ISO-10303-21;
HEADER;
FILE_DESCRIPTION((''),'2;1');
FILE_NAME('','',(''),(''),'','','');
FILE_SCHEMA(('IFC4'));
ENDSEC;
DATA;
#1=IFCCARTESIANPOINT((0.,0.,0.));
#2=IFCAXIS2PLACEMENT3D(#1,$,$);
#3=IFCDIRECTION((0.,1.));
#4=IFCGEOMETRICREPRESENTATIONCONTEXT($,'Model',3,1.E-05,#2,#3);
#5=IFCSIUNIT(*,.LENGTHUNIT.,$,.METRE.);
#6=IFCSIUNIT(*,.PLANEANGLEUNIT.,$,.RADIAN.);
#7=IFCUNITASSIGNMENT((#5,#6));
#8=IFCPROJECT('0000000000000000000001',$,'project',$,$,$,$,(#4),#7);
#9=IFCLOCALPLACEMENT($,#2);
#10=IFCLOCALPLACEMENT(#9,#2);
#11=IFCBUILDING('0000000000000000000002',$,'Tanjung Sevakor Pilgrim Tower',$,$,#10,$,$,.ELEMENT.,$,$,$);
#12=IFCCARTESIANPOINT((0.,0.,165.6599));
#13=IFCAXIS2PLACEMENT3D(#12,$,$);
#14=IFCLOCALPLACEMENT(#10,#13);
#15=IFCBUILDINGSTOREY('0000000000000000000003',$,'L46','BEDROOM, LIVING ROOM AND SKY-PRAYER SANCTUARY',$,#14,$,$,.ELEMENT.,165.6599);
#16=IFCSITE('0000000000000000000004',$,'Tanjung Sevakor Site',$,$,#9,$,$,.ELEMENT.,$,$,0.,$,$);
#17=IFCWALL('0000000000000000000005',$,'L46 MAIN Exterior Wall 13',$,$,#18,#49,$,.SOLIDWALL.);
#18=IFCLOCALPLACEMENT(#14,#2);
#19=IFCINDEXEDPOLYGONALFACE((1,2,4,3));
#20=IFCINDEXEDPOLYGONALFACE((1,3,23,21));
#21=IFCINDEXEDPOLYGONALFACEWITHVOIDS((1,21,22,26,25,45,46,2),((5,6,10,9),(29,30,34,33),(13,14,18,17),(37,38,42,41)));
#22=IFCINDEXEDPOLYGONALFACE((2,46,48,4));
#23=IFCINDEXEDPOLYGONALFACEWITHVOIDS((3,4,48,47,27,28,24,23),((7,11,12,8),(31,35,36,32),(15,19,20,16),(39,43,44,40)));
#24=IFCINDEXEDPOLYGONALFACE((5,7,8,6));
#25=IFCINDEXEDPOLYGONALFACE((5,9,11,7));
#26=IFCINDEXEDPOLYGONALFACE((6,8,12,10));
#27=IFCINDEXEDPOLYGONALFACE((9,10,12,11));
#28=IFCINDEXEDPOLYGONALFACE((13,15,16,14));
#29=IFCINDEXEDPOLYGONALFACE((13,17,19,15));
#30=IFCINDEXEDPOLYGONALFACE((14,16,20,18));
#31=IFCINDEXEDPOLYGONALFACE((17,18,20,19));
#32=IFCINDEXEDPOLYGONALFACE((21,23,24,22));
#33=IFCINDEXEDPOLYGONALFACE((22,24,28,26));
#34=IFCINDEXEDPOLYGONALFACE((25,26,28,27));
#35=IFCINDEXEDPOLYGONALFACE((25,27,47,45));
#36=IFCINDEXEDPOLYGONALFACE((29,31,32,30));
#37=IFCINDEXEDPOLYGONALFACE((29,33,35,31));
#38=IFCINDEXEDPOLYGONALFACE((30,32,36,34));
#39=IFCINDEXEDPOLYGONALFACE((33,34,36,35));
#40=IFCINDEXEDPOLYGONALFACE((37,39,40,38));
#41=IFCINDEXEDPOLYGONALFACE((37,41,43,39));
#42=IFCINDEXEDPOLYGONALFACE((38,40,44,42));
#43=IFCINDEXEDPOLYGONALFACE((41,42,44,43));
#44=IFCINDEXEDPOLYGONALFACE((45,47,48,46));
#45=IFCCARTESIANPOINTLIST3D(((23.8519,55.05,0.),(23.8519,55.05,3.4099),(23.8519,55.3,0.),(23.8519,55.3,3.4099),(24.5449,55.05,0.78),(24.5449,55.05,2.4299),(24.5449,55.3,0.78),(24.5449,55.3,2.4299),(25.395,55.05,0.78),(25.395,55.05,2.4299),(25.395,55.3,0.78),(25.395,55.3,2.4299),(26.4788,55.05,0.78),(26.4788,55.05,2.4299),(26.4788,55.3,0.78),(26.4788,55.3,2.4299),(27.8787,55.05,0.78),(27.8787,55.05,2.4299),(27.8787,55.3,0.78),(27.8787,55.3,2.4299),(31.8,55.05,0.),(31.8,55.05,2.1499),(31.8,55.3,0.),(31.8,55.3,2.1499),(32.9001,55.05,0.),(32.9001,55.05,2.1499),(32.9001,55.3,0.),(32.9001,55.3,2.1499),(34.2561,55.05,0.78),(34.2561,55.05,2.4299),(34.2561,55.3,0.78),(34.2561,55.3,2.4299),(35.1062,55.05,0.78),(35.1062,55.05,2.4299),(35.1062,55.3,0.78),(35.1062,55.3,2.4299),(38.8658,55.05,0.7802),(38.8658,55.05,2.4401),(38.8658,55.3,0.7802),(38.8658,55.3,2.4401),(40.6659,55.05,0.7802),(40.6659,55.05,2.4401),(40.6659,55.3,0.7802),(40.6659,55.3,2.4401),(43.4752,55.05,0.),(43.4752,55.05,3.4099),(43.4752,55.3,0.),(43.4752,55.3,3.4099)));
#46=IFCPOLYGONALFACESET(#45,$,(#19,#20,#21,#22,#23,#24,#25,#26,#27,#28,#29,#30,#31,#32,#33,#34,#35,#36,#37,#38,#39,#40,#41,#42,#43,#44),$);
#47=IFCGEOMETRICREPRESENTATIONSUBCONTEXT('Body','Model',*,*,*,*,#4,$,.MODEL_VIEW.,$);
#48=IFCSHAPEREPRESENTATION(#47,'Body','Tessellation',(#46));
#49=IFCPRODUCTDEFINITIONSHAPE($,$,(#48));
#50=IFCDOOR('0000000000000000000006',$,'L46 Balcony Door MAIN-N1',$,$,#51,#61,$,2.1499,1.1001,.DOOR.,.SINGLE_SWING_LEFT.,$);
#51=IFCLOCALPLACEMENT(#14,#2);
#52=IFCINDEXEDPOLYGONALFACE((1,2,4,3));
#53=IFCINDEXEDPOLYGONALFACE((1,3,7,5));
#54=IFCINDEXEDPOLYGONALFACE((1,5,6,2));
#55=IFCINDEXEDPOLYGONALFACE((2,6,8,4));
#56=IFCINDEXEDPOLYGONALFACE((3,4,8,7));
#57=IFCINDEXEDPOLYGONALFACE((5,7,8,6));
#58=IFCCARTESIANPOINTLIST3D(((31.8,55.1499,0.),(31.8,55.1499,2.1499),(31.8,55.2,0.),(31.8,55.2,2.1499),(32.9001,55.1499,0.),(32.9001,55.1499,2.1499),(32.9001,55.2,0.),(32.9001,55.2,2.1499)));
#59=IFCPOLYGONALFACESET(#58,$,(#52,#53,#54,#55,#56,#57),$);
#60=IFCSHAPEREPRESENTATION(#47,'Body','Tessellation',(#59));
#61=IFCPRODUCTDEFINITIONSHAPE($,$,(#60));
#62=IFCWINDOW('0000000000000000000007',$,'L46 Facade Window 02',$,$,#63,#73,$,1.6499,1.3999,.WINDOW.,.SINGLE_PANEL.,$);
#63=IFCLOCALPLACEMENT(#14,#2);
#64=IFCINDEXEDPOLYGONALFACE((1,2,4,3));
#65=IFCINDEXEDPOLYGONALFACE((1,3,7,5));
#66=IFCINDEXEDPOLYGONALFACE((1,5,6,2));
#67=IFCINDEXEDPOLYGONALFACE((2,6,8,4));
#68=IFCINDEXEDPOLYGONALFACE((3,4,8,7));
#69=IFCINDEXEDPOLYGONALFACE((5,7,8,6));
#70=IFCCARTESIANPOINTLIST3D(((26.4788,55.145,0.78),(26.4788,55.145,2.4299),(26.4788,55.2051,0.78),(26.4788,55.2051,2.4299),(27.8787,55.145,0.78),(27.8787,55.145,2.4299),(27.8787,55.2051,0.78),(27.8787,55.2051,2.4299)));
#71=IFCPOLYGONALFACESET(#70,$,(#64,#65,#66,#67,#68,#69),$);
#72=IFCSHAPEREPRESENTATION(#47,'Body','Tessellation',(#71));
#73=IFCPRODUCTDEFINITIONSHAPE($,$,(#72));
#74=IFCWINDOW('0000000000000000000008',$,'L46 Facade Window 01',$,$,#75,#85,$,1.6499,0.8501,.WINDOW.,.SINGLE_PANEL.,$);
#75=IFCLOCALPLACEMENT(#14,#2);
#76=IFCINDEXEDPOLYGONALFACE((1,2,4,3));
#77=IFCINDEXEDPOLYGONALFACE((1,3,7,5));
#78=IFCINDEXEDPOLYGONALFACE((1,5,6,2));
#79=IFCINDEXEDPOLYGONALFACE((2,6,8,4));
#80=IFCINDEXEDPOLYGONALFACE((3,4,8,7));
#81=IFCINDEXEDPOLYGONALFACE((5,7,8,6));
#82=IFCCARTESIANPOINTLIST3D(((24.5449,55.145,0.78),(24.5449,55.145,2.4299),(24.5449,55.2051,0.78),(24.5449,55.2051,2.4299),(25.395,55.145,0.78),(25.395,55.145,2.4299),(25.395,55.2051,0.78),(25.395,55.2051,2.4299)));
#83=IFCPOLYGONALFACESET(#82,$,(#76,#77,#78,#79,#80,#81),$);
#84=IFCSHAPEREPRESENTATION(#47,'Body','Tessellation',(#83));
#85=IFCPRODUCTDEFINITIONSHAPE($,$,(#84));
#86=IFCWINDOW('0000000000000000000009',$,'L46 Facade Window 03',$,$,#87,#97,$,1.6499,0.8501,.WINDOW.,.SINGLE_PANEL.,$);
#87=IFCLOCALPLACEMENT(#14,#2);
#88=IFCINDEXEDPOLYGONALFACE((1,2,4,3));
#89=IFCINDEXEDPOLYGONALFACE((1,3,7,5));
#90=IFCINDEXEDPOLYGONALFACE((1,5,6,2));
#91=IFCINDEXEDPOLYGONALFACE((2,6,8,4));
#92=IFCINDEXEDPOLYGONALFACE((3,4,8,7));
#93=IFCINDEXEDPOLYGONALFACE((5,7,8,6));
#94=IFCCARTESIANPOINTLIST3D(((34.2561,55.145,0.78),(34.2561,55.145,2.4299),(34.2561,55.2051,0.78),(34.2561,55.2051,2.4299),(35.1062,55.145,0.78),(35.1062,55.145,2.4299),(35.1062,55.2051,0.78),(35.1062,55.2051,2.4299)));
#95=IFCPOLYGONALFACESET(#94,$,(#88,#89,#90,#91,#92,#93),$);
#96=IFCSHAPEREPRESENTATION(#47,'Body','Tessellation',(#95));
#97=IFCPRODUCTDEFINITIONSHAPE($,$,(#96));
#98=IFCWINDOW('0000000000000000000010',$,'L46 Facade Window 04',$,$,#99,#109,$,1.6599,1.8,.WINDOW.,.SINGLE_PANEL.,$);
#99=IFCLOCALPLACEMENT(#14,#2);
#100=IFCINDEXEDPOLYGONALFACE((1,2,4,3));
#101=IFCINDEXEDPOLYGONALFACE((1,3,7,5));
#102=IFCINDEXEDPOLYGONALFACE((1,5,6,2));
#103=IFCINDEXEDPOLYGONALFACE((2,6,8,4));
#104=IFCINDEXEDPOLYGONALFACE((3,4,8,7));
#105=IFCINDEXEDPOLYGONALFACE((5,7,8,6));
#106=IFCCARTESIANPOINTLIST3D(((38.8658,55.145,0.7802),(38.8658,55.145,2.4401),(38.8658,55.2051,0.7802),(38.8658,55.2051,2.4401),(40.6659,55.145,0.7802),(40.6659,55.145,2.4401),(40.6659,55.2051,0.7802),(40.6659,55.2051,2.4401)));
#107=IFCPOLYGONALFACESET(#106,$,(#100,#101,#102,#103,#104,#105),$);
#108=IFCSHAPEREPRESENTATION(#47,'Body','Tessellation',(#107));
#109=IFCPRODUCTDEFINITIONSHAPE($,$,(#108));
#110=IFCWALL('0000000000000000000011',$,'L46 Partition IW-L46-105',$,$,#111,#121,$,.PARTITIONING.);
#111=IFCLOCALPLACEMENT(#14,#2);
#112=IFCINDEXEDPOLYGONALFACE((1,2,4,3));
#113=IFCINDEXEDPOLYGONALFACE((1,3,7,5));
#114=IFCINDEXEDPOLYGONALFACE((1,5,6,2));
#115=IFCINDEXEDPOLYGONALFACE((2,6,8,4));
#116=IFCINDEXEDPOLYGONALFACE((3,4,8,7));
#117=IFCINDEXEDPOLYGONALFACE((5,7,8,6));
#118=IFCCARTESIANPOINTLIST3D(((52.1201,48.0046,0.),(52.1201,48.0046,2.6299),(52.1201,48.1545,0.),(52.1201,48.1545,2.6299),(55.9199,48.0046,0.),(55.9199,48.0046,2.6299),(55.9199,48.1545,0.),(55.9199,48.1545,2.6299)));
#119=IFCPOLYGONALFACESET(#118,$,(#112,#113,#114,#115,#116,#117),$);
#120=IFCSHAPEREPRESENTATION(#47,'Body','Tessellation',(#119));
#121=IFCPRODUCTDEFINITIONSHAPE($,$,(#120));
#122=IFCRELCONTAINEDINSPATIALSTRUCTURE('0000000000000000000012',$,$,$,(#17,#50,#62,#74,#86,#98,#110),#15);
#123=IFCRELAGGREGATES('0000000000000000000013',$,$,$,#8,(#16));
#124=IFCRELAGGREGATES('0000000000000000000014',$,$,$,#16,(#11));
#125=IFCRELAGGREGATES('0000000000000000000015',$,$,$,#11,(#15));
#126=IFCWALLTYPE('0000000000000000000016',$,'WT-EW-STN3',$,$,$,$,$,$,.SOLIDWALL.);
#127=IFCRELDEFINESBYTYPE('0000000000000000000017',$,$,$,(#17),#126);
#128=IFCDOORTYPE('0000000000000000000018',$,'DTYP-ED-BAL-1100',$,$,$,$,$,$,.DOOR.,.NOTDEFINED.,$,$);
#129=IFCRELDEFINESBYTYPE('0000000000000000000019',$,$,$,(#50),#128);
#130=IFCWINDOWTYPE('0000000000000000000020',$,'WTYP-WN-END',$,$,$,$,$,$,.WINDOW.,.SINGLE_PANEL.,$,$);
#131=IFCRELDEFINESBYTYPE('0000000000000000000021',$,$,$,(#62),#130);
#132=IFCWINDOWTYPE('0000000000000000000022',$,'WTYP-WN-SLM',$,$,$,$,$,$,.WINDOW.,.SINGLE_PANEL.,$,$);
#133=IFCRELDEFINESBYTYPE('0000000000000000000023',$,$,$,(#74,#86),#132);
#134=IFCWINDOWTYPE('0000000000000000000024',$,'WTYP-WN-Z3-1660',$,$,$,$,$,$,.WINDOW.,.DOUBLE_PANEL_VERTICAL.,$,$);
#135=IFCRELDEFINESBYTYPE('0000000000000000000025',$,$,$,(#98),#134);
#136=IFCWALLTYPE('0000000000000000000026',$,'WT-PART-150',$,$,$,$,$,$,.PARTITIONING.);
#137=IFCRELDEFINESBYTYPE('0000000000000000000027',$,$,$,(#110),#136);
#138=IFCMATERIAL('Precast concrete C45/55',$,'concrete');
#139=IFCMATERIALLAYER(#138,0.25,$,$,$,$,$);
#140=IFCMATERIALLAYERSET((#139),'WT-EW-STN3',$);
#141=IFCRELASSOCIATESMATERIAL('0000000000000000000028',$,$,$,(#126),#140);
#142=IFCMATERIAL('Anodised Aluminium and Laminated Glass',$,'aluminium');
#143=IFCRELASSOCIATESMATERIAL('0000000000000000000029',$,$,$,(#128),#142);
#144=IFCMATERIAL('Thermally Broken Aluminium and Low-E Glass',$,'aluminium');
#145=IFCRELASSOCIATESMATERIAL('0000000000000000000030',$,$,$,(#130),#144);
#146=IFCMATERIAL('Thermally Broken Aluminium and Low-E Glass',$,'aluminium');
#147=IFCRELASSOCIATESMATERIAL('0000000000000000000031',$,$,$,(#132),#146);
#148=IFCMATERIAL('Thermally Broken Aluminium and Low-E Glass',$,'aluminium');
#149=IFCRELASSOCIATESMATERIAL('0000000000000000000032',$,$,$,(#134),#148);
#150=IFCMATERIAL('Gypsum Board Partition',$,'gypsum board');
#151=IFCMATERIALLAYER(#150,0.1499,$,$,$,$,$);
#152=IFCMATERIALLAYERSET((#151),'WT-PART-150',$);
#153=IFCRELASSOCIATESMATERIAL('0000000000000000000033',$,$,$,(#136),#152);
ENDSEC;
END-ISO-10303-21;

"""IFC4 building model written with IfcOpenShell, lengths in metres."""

from ifc_helpers import new_model, si_unit, direction, frame, frame_2d, origin, place, context, subcontext, project, spatial, rectangle, extrude, material, layer, layer_set, type_object, element, fill, save


model = new_model("IFC4")

# Units and contexts
model_context = context("Model", 3, precision=1e-05, world=origin(), true_north=direction((0.0, 1.0)))
body_context = subcontext(model_context, "Body", "Model", "MODEL_VIEW")
ifc_project = project(units=[si_unit("LENGTHUNIT", "METRE"), si_unit("PLANEANGLEUNIT", "RADIAN")], contexts=[model_context])

# Site, building, storey
site_placement = place(None, origin())
site = spatial("IfcSite", under=ifc_project, at=site_placement, Name="Tanjung Sevakor Site", CompositionType="ELEMENT", RefElevation=0.0)
building_placement = place(site_placement, origin())
building = spatial("IfcBuilding", under=site, at=building_placement, Name="Tanjung Sevakor Pilgrim Tower", CompositionType="ELEMENT")
storey_placement = place(building_placement, frame((0.0, 0.0, 165.6599)))
storey = spatial("IfcBuildingStorey", under=building, at=storey_placement, Name="L46", Description="BEDROOM, LIVING ROOM AND SKY-PRAYER SANCTUARY", CompositionType="ELEMENT", Elevation=165.6599)

# Wall, openings, door, windows
ifc_material_1 = material(Name="Precast concrete C45/55", Category="concrete")
ifc_layer_1 = layer(ifc_material_1, 0.25)
ifc_layer_set_1 = layer_set([ifc_layer_1], Name="WT-EW-STN3")
wall_type_1 = type_object("IfcWallType", Name="WT-EW-STN3", PredefinedType="SOLIDWALL", material=ifc_layer_set_1)
wall_1_placement = place(storey_placement, frame((43.4751, 55.175, 0.0), z_axis=(0.0, 0.0, 1.0), x_axis=(-1.0, 0.0, 0.0)))
wall_1 = element("IfcWall", 1, at=wall_1_placement, inside=storey, type_object=wall_type_1, Name="L46 MAIN Exterior Wall 13", PredefinedType="SOLIDWALL", context=body_context, shape_type="SweptSolid", body=[
    extrude(rectangle(XDim=19.6233, YDim=0.25, at=frame_2d((9.8115, 0.0))), origin(), (0.0, 0.0, 1.0), 3.4099),
])
opening_1_placement = place(wall_1_placement, frame((10.575, 0.0, 0.0)))
opening_1 = element("IfcOpeningElement", 2, at=opening_1_placement, cuts=wall_1, PredefinedType="OPENING", context=body_context, shape_type="SweptSolid", body=[
    extrude(rectangle(XDim=1.1001, YDim=2.1499, at=frame_2d((0.55, 1.075))), frame((0.0, 0.135, 0.0), z_axis=(0.0, -1.0, 0.0), x_axis=(1.0, 0.0, 0.0)), (0.0, 0.0, 1.0), 0.27),
])
opening_2_placement = place(wall_1_placement, frame((18.0801, 0.0, 0.78)))
opening_2 = element("IfcOpeningElement", 3, at=opening_2_placement, cuts=wall_1, PredefinedType="OPENING", context=body_context, shape_type="SweptSolid", body=[
    extrude(rectangle(XDim=0.8501, YDim=1.6499, at=frame_2d((0.425, 0.825))), frame((0.0, 0.135, 0.0), z_axis=(0.0, -1.0, 0.0), x_axis=(1.0, 0.0, 0.0)), (0.0, 0.0, 1.0), 0.27),
])
opening_3_placement = place(wall_1_placement, frame((15.5964, 0.0, 0.78)))
opening_3 = element("IfcOpeningElement", 4, at=opening_3_placement, cuts=wall_1, PredefinedType="OPENING", context=body_context, shape_type="SweptSolid", body=[
    extrude(rectangle(XDim=1.3999, YDim=1.6499, at=frame_2d((0.7, 0.825))), frame((0.0, 0.135, 0.0), z_axis=(0.0, -1.0, 0.0), x_axis=(1.0, 0.0, 0.0)), (0.0, 0.0, 1.0), 0.27),
])
opening_4_placement = place(wall_1_placement, frame((8.3689, 0.0, 0.78)))
opening_4 = element("IfcOpeningElement", 5, at=opening_4_placement, cuts=wall_1, PredefinedType="OPENING", context=body_context, shape_type="SweptSolid", body=[
    extrude(rectangle(XDim=0.8501, YDim=1.6499, at=frame_2d((0.425, 0.825))), frame((0.0, 0.135, 0.0), z_axis=(0.0, -1.0, 0.0), x_axis=(1.0, 0.0, 0.0)), (0.0, 0.0, 1.0), 0.27),
])
opening_5_placement = place(wall_1_placement, frame((2.8093, 0.0, 0.78)))
opening_5 = element("IfcOpeningElement", 6, at=opening_5_placement, cuts=wall_1, PredefinedType="OPENING", context=body_context, shape_type="SweptSolid", body=[
    extrude(rectangle(XDim=1.8, YDim=1.6599, at=frame_2d((0.8999, 0.8301))), frame((0.0, 0.135, 0.0), z_axis=(0.0, -1.0, 0.0), x_axis=(1.0, 0.0, 0.0)), (0.0, 0.0, 1.0), 0.27),
])
ifc_material_2 = material(Name="Anodised Aluminium and Laminated Glass", Category="aluminium")
door_type_1 = type_object("IfcDoorType", Name="DTYP-ED-BAL-1100", OperationType="NOTDEFINED", PredefinedType="DOOR", material=ifc_material_2)
door_1_placement = place(opening_1_placement, frame((1.1001, 0.0, 0.0), z_axis=(0.0, 0.0, 1.0), x_axis=(-1.0, 0.0, 0.0)))
door_1 = element("IfcDoor", 7, at=door_1_placement, inside=storey, type_object=door_type_1, Name="L46 Balcony Door MAIN-N1", OperationType="SINGLE_SWING_LEFT", OverallHeight=2.1499, OverallWidth=1.1001, PredefinedType="DOOR", context=body_context, shape_type="SweptSolid", body=[
    extrude(rectangle(XDim=1.1001, YDim=2.1499, at=frame_2d((0.55, 1.075))), frame((0.0, 0.0249, 0.0), z_axis=(0.0, -1.0, 0.0), x_axis=(1.0, 0.0, 0.0)), (0.0, 0.0, 1.0), 0.05),
])
fill(opening_1, door_1)
ifc_material_3 = material(Name="Thermally Broken Aluminium and Low-E Glass", Category="aluminium")
window_type_1 = type_object("IfcWindowType", Name="WTYP-WN-END", PartitioningType="SINGLE_PANEL", PredefinedType="WINDOW", material=ifc_material_3)
window_1_placement = place(opening_3_placement, origin())
window_1 = element("IfcWindow", 8, at=window_1_placement, inside=storey, type_object=window_type_1, Name="L46 Facade Window 02", OverallHeight=1.6499, OverallWidth=1.3999, PartitioningType="SINGLE_PANEL", PredefinedType="WINDOW", context=body_context, shape_type="SweptSolid", body=[
    extrude(rectangle(XDim=1.3999, YDim=1.6499, at=frame_2d((0.7, 0.825))), frame((0.0, 0.03, 0.0), z_axis=(0.0, -1.0, 0.0), x_axis=(1.0, 0.0, 0.0)), (0.0, 0.0, 1.0), 0.0601),
])
fill(opening_3, window_1)
ifc_material_4 = material(Name="Thermally Broken Aluminium and Low-E Glass", Category="aluminium")
window_type_2 = type_object("IfcWindowType", Name="WTYP-WN-SLM", PartitioningType="SINGLE_PANEL", PredefinedType="WINDOW", material=ifc_material_4)
window_2_placement = place(opening_2_placement, origin())
window_2 = element("IfcWindow", 9, at=window_2_placement, inside=storey, type_object=window_type_2, Name="L46 Facade Window 01", OverallHeight=1.6499, OverallWidth=0.8501, PartitioningType="SINGLE_PANEL", PredefinedType="WINDOW", context=body_context, shape_type="SweptSolid", body=[
    extrude(rectangle(XDim=0.8501, YDim=1.6499, at=frame_2d((0.425, 0.825))), frame((0.0, 0.03, 0.0), z_axis=(0.0, -1.0, 0.0), x_axis=(1.0, 0.0, 0.0)), (0.0, 0.0, 1.0), 0.0601),
])
fill(opening_2, window_2)
window_3_placement = place(opening_4_placement, origin())
window_3 = element("IfcWindow", 10, at=window_3_placement, inside=storey, type_object=window_type_2, Name="L46 Facade Window 03", OverallHeight=1.6499, OverallWidth=0.8501, PartitioningType="SINGLE_PANEL", PredefinedType="WINDOW", context=body_context, shape_type="SweptSolid", body=[
    extrude(rectangle(XDim=0.8501, YDim=1.6499, at=frame_2d((0.425, 0.825))), frame((0.0, 0.03, 0.0), z_axis=(0.0, -1.0, 0.0), x_axis=(1.0, 0.0, 0.0)), (0.0, 0.0, 1.0), 0.0601),
])
fill(opening_4, window_3)
ifc_material_5 = material(Name="Thermally Broken Aluminium and Low-E Glass", Category="aluminium")
window_type_3 = type_object("IfcWindowType", Name="WTYP-WN-Z3-1660", PartitioningType="DOUBLE_PANEL_VERTICAL", PredefinedType="WINDOW", material=ifc_material_5)
window_4_placement = place(opening_5_placement, origin())
window_4 = element("IfcWindow", 11, at=window_4_placement, inside=storey, type_object=window_type_3, Name="L46 Facade Window 04", OverallHeight=1.6599, OverallWidth=1.8, PartitioningType="SINGLE_PANEL", PredefinedType="WINDOW", context=body_context, shape_type="SweptSolid", body=[
    extrude(rectangle(XDim=1.8, YDim=1.6599, at=frame_2d((0.8999, 0.8301))), frame((0.0, 0.03, 0.0), z_axis=(0.0, -1.0, 0.0), x_axis=(1.0, 0.0, 0.0)), (0.0, 0.0, 1.0), 0.0601),
])
fill(opening_5, window_4)

# Wall
ifc_material_6 = material(Name="Gypsum Board Partition", Category="gypsum board")
ifc_layer_2 = layer(ifc_material_6, 0.1499)
ifc_layer_set_2 = layer_set([ifc_layer_2], Name="WT-PART-150")
wall_type_2 = type_object("IfcWallType", Name="WT-PART-150", PredefinedType="PARTITIONING", material=ifc_layer_set_2)
wall_2_placement = place(storey_placement, frame((52.1201, 48.0796, 0.0), z_axis=(0.0, 0.0, 1.0), x_axis=(1.0, 0.0, 0.0)))
element("IfcWall", 12, at=wall_2_placement, inside=storey, type_object=wall_type_2, Name="L46 Partition IW-L46-105", PredefinedType="PARTITIONING", context=body_context, shape_type="SweptSolid", body=[
    extrude(rectangle(XDim=3.7998, YDim=0.1499, at=frame_2d((1.8999, 0.0))), origin(), (0.0, 0.0, 1.0), 2.6299),
])

save(model, "model.ifc")
